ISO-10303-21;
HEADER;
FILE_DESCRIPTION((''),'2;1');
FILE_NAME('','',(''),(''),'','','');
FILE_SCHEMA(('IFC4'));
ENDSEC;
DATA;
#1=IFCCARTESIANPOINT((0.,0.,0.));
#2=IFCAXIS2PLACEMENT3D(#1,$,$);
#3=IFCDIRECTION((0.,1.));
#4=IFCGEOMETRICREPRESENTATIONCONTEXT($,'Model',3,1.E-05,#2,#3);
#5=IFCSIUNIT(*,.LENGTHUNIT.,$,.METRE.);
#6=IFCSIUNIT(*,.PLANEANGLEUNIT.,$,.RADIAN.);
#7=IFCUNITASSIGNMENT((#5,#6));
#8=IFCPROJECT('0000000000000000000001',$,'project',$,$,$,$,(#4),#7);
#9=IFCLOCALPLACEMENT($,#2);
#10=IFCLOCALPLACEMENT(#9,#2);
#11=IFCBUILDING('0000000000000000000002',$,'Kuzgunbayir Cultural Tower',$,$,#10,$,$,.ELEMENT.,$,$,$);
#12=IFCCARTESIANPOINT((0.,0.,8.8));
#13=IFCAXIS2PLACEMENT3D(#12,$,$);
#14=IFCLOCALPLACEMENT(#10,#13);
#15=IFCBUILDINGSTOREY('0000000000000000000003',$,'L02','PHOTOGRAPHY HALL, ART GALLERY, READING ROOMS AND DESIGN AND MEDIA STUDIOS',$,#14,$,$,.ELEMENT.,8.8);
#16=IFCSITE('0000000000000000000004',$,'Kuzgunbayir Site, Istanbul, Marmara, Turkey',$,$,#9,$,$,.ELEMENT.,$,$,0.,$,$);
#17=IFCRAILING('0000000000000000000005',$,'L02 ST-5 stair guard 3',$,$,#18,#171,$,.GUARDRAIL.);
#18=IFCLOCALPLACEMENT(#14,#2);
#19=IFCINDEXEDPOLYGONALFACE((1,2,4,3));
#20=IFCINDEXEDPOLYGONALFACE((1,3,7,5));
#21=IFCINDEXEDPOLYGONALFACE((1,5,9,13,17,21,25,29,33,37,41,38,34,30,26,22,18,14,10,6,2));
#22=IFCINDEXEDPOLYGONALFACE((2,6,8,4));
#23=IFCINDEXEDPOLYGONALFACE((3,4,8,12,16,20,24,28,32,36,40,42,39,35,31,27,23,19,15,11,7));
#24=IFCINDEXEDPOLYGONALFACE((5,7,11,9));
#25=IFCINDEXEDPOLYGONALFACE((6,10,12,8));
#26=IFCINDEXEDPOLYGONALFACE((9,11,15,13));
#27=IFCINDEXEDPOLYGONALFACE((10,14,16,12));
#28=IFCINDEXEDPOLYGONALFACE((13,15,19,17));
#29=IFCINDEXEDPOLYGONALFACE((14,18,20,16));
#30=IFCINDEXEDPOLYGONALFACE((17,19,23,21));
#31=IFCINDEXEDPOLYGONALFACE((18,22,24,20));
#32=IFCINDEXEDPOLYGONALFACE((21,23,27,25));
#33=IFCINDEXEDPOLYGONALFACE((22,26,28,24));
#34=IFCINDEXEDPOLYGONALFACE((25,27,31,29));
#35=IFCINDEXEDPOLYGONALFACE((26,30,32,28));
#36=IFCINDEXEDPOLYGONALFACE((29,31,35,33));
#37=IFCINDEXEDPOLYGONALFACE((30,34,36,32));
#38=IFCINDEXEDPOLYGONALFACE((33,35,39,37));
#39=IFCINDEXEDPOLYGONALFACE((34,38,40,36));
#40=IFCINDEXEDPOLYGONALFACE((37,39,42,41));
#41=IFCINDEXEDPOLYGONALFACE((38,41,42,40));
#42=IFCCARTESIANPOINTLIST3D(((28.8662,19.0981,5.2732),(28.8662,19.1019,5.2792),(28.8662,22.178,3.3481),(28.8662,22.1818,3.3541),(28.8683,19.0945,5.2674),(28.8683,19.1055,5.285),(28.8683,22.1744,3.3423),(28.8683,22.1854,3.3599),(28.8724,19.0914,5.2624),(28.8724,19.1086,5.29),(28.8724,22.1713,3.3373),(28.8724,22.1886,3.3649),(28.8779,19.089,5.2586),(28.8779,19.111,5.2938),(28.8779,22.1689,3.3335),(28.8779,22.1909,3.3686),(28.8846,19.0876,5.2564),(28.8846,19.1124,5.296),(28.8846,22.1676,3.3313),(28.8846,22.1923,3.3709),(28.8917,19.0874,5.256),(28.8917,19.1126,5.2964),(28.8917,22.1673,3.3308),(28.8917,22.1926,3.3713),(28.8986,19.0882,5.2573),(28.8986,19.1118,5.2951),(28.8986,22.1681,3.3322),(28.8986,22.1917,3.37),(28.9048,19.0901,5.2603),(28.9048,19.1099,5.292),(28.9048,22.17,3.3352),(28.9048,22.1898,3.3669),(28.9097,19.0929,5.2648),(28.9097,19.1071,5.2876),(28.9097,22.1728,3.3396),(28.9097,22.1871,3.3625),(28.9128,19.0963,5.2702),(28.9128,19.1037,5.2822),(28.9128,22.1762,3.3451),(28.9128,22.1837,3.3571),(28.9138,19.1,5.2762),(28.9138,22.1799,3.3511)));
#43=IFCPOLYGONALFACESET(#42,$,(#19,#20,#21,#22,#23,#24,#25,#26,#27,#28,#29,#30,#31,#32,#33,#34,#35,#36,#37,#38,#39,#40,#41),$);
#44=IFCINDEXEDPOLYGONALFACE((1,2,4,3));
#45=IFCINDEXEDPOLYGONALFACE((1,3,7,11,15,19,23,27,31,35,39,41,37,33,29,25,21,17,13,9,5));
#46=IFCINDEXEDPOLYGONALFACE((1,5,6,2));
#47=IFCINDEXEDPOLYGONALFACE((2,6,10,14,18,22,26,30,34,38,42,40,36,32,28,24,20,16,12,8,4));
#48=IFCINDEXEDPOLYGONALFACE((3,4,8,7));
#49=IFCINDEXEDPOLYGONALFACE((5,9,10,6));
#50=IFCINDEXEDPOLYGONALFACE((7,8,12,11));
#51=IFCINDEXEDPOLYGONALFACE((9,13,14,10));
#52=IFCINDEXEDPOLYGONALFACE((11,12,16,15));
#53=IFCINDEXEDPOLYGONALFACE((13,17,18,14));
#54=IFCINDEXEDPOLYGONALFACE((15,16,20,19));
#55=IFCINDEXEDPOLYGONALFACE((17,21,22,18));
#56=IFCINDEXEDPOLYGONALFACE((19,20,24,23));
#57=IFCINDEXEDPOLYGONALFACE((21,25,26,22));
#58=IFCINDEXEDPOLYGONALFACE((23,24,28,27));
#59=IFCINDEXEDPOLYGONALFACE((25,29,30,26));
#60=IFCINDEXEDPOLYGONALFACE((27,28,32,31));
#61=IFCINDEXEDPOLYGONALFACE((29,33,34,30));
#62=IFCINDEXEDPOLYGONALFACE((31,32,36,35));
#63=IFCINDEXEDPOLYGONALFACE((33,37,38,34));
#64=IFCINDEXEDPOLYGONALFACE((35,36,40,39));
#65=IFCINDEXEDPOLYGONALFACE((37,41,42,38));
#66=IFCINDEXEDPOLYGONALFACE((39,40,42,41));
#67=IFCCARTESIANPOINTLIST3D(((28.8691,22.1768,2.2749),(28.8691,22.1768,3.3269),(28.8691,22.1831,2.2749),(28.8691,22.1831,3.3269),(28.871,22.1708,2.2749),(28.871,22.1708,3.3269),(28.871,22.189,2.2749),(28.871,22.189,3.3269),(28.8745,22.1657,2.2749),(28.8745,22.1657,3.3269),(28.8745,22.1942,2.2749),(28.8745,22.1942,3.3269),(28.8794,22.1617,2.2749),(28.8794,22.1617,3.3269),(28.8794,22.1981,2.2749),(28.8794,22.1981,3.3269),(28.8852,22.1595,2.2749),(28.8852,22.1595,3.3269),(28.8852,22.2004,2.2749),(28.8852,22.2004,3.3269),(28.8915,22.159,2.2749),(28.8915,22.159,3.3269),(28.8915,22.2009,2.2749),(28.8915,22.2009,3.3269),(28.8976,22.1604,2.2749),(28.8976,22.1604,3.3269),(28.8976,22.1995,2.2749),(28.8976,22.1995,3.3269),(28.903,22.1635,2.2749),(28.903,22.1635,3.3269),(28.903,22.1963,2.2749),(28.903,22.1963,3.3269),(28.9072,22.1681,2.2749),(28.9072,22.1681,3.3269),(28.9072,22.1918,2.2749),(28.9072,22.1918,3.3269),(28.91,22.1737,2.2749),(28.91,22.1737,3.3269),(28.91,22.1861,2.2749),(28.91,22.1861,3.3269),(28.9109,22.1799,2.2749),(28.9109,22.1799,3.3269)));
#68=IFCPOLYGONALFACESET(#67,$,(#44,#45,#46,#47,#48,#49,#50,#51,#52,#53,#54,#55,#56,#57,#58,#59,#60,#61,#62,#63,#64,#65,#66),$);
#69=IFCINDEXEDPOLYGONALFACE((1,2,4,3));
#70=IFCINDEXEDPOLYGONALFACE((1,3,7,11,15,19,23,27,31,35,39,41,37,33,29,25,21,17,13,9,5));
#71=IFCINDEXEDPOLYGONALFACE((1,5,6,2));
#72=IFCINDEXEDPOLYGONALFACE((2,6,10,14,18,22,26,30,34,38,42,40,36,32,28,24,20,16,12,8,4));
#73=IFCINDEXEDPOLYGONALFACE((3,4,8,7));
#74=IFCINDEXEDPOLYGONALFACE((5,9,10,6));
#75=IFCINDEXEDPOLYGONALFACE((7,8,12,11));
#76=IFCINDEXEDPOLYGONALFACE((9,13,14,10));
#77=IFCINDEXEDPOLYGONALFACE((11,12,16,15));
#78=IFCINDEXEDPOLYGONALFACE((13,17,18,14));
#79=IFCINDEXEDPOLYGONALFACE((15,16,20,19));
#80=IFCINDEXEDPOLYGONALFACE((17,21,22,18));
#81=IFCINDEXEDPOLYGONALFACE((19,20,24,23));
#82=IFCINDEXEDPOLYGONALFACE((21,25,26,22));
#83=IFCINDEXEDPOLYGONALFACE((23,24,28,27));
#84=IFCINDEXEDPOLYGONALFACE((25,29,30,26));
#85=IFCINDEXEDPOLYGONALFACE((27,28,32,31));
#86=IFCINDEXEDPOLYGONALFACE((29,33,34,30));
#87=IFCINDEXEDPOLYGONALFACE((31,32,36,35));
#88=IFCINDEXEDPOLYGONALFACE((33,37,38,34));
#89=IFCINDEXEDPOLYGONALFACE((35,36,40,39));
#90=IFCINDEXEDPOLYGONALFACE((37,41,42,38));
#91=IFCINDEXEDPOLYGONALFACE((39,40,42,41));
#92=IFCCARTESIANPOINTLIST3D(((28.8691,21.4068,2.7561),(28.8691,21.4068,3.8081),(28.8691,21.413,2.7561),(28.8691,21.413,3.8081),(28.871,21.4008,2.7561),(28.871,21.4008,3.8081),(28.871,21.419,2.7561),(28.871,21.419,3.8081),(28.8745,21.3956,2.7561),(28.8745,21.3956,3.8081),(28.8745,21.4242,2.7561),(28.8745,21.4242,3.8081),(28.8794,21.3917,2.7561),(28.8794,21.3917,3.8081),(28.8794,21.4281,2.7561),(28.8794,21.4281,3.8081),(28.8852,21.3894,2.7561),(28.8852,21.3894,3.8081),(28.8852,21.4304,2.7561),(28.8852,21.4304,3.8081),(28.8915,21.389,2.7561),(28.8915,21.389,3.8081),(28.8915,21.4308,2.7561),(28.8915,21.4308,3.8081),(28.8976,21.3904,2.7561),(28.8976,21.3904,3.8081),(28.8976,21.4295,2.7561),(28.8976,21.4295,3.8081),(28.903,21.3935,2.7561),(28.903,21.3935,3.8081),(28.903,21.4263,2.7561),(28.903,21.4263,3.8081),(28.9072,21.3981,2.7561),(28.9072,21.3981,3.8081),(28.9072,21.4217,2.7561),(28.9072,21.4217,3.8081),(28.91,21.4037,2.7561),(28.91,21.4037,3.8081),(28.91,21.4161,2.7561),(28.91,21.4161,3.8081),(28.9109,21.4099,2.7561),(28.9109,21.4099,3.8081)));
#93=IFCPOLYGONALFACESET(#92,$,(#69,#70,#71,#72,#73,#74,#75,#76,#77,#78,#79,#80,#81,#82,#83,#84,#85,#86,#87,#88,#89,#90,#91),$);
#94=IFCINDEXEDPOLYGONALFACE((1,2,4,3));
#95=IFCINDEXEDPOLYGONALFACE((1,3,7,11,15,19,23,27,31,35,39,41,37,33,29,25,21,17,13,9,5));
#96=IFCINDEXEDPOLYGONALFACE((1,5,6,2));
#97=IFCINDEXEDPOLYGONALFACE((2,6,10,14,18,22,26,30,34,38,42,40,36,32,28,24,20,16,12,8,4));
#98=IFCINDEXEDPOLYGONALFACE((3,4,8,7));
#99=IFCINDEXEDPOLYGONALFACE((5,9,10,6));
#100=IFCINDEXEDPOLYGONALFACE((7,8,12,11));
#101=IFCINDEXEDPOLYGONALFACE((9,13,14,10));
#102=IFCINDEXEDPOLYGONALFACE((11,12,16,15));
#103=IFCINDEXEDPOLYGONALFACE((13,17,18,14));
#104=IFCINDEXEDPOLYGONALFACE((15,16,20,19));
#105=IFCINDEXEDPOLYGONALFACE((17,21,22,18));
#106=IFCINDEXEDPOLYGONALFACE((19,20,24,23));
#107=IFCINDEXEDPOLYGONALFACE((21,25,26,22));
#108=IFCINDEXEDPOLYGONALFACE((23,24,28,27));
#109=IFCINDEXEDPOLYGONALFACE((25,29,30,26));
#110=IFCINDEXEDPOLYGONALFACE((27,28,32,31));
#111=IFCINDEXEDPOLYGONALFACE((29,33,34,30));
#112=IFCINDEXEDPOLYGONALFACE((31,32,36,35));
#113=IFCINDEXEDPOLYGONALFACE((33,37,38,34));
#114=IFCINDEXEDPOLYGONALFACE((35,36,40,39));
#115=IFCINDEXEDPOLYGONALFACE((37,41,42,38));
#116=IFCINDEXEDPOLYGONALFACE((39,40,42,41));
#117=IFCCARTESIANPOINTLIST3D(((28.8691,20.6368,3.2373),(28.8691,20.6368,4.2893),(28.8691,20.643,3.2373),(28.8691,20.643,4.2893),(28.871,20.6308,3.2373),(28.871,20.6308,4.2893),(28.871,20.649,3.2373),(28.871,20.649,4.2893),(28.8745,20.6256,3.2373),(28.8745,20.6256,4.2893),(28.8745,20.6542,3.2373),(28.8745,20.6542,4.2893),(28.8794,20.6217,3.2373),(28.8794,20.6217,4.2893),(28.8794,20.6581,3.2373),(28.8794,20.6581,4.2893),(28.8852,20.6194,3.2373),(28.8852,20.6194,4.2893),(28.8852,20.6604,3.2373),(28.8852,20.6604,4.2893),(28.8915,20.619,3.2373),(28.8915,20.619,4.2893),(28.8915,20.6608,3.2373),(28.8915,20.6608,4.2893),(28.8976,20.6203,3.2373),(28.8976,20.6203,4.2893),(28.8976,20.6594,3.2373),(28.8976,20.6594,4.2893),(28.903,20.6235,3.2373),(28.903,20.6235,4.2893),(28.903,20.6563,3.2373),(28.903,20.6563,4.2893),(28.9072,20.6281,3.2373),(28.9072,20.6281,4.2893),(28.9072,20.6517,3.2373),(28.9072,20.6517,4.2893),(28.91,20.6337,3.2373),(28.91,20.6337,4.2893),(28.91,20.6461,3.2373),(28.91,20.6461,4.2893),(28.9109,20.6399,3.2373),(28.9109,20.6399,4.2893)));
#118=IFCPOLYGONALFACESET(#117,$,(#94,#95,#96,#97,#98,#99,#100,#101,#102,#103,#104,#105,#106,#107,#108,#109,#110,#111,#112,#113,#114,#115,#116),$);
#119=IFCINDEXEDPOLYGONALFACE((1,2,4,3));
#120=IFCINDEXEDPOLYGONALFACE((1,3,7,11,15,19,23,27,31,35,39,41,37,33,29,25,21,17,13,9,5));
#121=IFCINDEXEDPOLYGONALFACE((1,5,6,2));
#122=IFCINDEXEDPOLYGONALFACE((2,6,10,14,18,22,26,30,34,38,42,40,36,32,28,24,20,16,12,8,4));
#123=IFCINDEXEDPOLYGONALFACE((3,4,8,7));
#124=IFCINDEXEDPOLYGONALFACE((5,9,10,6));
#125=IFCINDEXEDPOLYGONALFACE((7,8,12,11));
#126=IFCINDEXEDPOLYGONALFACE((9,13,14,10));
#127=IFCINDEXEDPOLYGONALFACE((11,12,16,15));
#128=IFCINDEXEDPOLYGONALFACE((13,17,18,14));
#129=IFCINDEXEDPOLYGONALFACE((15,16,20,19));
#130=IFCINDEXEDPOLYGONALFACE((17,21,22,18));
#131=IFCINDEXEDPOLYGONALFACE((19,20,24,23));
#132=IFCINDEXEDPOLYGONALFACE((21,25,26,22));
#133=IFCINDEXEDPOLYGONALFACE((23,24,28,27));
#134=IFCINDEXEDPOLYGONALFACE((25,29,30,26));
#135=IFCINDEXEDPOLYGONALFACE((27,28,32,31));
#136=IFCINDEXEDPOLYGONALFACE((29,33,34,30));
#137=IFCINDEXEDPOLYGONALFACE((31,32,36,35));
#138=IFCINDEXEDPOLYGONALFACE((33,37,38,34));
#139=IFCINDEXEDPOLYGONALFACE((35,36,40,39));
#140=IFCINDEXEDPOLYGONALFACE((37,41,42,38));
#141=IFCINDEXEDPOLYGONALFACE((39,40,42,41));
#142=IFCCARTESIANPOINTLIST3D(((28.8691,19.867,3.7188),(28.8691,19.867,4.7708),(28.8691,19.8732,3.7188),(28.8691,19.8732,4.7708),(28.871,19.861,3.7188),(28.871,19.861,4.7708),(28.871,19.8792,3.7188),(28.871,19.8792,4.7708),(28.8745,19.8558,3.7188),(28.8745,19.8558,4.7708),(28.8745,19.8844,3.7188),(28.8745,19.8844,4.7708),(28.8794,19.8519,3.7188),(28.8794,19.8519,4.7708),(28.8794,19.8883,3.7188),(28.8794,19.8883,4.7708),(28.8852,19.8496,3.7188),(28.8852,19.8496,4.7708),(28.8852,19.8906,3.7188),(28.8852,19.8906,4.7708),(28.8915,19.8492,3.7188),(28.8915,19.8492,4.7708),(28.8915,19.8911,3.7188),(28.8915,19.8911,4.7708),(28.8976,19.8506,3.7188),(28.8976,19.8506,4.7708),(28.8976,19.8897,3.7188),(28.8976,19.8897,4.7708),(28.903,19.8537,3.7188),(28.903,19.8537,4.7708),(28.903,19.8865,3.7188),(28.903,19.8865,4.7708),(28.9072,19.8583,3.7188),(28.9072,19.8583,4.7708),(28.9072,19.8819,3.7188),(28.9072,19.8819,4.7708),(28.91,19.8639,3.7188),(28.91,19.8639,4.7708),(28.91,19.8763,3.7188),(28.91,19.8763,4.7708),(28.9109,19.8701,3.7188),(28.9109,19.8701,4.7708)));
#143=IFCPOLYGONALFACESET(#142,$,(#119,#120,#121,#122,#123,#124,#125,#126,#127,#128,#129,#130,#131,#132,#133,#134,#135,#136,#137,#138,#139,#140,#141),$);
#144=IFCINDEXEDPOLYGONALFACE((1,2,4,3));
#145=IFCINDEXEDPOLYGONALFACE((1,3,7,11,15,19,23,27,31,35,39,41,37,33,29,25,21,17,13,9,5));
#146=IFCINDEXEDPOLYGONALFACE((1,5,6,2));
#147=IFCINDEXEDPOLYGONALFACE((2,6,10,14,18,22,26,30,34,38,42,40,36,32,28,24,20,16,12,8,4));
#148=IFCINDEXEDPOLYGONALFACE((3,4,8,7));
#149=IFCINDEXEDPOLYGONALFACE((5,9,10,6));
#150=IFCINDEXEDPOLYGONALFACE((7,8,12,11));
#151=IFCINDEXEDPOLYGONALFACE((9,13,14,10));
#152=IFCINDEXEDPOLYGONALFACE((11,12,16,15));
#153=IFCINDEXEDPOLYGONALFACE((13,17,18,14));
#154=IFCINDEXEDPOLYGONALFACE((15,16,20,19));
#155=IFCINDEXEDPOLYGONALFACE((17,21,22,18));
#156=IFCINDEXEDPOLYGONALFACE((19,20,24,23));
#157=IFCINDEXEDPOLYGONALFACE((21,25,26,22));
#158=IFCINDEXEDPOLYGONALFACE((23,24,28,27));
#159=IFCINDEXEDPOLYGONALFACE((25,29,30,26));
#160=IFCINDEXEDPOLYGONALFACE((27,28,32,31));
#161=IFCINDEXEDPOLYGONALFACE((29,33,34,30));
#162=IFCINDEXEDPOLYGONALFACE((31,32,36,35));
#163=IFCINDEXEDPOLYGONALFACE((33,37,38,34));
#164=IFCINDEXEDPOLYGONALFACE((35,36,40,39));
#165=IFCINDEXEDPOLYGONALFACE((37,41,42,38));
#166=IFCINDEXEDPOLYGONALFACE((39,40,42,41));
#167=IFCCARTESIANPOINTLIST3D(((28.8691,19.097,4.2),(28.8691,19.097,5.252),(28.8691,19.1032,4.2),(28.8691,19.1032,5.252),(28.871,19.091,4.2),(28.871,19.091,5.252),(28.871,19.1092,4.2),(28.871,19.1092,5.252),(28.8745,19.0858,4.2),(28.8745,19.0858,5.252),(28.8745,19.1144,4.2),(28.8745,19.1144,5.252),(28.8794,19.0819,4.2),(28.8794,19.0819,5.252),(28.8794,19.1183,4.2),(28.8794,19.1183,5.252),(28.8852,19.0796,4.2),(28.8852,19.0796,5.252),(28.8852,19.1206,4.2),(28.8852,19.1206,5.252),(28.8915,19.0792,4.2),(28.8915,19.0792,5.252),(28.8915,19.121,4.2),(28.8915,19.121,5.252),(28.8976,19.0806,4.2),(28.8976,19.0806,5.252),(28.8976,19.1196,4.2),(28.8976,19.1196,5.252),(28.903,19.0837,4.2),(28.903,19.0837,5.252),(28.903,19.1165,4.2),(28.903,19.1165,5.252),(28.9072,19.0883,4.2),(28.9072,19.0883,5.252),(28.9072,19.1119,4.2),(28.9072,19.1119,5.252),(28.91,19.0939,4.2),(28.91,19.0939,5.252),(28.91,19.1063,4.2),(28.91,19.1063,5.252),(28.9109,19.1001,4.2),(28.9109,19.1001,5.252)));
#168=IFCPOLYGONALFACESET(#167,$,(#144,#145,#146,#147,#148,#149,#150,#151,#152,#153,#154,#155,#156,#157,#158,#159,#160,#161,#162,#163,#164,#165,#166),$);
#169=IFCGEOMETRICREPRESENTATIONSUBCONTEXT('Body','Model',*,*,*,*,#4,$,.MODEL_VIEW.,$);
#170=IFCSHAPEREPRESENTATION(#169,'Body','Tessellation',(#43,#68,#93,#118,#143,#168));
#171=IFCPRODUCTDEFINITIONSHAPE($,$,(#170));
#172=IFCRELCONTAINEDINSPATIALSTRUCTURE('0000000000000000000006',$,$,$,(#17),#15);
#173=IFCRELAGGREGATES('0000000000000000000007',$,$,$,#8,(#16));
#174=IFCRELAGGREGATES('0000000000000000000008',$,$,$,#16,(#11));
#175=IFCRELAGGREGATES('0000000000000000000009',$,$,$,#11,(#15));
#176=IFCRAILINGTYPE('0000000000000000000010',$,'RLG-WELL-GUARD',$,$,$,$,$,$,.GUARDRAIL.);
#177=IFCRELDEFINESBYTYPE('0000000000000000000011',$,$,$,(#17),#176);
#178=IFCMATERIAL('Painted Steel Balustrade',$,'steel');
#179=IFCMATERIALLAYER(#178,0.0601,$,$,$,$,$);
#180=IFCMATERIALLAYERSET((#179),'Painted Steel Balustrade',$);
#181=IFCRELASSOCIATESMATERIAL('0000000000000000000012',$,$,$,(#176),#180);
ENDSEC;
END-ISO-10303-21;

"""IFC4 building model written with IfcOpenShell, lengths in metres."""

from ifc_helpers import new_model, si_unit, direction, frame, origin, origin_2d, place, context, subcontext, project, spatial, circle, extrude, material, layer, layer_set, type_object, element, save


model = new_model("IFC4")

# Units and contexts
model_context = context("Model", 3, precision=1e-05, world=origin(), true_north=direction((0.0, 1.0)))
body_context = subcontext(model_context, "Body", "Model", "MODEL_VIEW")
ifc_project = project(units=[si_unit("LENGTHUNIT", "METRE"), si_unit("PLANEANGLEUNIT", "RADIAN")], contexts=[model_context])

# Site, building, storey
site_placement = place(None, origin())
site = spatial("IfcSite", under=ifc_project, at=site_placement, Name="Kuzgunbayir Site, Istanbul, Marmara, Turkey", CompositionType="ELEMENT", RefElevation=0.0)
building_placement = place(site_placement, origin())
building = spatial("IfcBuilding", under=site, at=building_placement, Name="Kuzgunbayir Cultural Tower", CompositionType="ELEMENT")
storey_placement = place(building_placement, frame((0.0, 0.0, 8.8)))
storey = spatial("IfcBuildingStorey", under=building, at=storey_placement, Name="L02", Description="PHOTOGRAPHY HALL, ART GALLERY, READING ROOMS AND DESIGN AND MEDIA STUDIOS", CompositionType="ELEMENT", Elevation=8.8)

# Railing
ifc_material_1 = material(Name="Painted Steel Balustrade", Category="steel")
ifc_layer_1 = layer(ifc_material_1, 0.0601)
ifc_layer_set_1 = layer_set([ifc_layer_1], Name="Painted Steel Balustrade")
railing_type_1 = type_object("IfcRailingType", Name="RLG-WELL-GUARD", PredefinedType="GUARDRAIL", material=ifc_layer_set_1)
railing_1_placement = place(storey_placement, frame((28.8899, 22.1799, 2.2749)))
element("IfcRailing", 1, at=railing_1_placement, inside=storey, type_object=railing_type_1, Name="L02 ST-5 stair guard 3", PredefinedType="GUARDRAIL", context=body_context, shape_type="SweptSolid", body=[
    extrude(circle(Radius=0.0239, at=origin_2d()), frame((0.0, 0.0, 1.0762), z_axis=(0.0, -0.847979, 0.530029), x_axis=(1.0, 0.0, 0.0)), (0.0, 0.0, 1.0), 3.6321),
    extrude(circle(Radius=0.021, at=origin_2d()), origin(), (0.0, 0.0, 1.0), 1.052),
    extrude(circle(Radius=0.021, at=origin_2d()), frame((0.0, -0.77, 0.4812)), (0.0, 0.0, 1.0), 1.052),
    extrude(circle(Radius=0.021, at=origin_2d()), frame((0.0, -1.54, 0.9624)), (0.0, 0.0, 1.0), 1.052),
    extrude(circle(Radius=0.021, at=origin_2d()), frame((0.0, -2.3098, 1.4438)), (0.0, 0.0, 1.0), 1.052),
    extrude(circle(Radius=0.021, at=origin_2d()), frame((0.0, -3.0798, 1.925)), (0.0, 0.0, 1.0), 1.052),
])

save(model, "model.ifc")
